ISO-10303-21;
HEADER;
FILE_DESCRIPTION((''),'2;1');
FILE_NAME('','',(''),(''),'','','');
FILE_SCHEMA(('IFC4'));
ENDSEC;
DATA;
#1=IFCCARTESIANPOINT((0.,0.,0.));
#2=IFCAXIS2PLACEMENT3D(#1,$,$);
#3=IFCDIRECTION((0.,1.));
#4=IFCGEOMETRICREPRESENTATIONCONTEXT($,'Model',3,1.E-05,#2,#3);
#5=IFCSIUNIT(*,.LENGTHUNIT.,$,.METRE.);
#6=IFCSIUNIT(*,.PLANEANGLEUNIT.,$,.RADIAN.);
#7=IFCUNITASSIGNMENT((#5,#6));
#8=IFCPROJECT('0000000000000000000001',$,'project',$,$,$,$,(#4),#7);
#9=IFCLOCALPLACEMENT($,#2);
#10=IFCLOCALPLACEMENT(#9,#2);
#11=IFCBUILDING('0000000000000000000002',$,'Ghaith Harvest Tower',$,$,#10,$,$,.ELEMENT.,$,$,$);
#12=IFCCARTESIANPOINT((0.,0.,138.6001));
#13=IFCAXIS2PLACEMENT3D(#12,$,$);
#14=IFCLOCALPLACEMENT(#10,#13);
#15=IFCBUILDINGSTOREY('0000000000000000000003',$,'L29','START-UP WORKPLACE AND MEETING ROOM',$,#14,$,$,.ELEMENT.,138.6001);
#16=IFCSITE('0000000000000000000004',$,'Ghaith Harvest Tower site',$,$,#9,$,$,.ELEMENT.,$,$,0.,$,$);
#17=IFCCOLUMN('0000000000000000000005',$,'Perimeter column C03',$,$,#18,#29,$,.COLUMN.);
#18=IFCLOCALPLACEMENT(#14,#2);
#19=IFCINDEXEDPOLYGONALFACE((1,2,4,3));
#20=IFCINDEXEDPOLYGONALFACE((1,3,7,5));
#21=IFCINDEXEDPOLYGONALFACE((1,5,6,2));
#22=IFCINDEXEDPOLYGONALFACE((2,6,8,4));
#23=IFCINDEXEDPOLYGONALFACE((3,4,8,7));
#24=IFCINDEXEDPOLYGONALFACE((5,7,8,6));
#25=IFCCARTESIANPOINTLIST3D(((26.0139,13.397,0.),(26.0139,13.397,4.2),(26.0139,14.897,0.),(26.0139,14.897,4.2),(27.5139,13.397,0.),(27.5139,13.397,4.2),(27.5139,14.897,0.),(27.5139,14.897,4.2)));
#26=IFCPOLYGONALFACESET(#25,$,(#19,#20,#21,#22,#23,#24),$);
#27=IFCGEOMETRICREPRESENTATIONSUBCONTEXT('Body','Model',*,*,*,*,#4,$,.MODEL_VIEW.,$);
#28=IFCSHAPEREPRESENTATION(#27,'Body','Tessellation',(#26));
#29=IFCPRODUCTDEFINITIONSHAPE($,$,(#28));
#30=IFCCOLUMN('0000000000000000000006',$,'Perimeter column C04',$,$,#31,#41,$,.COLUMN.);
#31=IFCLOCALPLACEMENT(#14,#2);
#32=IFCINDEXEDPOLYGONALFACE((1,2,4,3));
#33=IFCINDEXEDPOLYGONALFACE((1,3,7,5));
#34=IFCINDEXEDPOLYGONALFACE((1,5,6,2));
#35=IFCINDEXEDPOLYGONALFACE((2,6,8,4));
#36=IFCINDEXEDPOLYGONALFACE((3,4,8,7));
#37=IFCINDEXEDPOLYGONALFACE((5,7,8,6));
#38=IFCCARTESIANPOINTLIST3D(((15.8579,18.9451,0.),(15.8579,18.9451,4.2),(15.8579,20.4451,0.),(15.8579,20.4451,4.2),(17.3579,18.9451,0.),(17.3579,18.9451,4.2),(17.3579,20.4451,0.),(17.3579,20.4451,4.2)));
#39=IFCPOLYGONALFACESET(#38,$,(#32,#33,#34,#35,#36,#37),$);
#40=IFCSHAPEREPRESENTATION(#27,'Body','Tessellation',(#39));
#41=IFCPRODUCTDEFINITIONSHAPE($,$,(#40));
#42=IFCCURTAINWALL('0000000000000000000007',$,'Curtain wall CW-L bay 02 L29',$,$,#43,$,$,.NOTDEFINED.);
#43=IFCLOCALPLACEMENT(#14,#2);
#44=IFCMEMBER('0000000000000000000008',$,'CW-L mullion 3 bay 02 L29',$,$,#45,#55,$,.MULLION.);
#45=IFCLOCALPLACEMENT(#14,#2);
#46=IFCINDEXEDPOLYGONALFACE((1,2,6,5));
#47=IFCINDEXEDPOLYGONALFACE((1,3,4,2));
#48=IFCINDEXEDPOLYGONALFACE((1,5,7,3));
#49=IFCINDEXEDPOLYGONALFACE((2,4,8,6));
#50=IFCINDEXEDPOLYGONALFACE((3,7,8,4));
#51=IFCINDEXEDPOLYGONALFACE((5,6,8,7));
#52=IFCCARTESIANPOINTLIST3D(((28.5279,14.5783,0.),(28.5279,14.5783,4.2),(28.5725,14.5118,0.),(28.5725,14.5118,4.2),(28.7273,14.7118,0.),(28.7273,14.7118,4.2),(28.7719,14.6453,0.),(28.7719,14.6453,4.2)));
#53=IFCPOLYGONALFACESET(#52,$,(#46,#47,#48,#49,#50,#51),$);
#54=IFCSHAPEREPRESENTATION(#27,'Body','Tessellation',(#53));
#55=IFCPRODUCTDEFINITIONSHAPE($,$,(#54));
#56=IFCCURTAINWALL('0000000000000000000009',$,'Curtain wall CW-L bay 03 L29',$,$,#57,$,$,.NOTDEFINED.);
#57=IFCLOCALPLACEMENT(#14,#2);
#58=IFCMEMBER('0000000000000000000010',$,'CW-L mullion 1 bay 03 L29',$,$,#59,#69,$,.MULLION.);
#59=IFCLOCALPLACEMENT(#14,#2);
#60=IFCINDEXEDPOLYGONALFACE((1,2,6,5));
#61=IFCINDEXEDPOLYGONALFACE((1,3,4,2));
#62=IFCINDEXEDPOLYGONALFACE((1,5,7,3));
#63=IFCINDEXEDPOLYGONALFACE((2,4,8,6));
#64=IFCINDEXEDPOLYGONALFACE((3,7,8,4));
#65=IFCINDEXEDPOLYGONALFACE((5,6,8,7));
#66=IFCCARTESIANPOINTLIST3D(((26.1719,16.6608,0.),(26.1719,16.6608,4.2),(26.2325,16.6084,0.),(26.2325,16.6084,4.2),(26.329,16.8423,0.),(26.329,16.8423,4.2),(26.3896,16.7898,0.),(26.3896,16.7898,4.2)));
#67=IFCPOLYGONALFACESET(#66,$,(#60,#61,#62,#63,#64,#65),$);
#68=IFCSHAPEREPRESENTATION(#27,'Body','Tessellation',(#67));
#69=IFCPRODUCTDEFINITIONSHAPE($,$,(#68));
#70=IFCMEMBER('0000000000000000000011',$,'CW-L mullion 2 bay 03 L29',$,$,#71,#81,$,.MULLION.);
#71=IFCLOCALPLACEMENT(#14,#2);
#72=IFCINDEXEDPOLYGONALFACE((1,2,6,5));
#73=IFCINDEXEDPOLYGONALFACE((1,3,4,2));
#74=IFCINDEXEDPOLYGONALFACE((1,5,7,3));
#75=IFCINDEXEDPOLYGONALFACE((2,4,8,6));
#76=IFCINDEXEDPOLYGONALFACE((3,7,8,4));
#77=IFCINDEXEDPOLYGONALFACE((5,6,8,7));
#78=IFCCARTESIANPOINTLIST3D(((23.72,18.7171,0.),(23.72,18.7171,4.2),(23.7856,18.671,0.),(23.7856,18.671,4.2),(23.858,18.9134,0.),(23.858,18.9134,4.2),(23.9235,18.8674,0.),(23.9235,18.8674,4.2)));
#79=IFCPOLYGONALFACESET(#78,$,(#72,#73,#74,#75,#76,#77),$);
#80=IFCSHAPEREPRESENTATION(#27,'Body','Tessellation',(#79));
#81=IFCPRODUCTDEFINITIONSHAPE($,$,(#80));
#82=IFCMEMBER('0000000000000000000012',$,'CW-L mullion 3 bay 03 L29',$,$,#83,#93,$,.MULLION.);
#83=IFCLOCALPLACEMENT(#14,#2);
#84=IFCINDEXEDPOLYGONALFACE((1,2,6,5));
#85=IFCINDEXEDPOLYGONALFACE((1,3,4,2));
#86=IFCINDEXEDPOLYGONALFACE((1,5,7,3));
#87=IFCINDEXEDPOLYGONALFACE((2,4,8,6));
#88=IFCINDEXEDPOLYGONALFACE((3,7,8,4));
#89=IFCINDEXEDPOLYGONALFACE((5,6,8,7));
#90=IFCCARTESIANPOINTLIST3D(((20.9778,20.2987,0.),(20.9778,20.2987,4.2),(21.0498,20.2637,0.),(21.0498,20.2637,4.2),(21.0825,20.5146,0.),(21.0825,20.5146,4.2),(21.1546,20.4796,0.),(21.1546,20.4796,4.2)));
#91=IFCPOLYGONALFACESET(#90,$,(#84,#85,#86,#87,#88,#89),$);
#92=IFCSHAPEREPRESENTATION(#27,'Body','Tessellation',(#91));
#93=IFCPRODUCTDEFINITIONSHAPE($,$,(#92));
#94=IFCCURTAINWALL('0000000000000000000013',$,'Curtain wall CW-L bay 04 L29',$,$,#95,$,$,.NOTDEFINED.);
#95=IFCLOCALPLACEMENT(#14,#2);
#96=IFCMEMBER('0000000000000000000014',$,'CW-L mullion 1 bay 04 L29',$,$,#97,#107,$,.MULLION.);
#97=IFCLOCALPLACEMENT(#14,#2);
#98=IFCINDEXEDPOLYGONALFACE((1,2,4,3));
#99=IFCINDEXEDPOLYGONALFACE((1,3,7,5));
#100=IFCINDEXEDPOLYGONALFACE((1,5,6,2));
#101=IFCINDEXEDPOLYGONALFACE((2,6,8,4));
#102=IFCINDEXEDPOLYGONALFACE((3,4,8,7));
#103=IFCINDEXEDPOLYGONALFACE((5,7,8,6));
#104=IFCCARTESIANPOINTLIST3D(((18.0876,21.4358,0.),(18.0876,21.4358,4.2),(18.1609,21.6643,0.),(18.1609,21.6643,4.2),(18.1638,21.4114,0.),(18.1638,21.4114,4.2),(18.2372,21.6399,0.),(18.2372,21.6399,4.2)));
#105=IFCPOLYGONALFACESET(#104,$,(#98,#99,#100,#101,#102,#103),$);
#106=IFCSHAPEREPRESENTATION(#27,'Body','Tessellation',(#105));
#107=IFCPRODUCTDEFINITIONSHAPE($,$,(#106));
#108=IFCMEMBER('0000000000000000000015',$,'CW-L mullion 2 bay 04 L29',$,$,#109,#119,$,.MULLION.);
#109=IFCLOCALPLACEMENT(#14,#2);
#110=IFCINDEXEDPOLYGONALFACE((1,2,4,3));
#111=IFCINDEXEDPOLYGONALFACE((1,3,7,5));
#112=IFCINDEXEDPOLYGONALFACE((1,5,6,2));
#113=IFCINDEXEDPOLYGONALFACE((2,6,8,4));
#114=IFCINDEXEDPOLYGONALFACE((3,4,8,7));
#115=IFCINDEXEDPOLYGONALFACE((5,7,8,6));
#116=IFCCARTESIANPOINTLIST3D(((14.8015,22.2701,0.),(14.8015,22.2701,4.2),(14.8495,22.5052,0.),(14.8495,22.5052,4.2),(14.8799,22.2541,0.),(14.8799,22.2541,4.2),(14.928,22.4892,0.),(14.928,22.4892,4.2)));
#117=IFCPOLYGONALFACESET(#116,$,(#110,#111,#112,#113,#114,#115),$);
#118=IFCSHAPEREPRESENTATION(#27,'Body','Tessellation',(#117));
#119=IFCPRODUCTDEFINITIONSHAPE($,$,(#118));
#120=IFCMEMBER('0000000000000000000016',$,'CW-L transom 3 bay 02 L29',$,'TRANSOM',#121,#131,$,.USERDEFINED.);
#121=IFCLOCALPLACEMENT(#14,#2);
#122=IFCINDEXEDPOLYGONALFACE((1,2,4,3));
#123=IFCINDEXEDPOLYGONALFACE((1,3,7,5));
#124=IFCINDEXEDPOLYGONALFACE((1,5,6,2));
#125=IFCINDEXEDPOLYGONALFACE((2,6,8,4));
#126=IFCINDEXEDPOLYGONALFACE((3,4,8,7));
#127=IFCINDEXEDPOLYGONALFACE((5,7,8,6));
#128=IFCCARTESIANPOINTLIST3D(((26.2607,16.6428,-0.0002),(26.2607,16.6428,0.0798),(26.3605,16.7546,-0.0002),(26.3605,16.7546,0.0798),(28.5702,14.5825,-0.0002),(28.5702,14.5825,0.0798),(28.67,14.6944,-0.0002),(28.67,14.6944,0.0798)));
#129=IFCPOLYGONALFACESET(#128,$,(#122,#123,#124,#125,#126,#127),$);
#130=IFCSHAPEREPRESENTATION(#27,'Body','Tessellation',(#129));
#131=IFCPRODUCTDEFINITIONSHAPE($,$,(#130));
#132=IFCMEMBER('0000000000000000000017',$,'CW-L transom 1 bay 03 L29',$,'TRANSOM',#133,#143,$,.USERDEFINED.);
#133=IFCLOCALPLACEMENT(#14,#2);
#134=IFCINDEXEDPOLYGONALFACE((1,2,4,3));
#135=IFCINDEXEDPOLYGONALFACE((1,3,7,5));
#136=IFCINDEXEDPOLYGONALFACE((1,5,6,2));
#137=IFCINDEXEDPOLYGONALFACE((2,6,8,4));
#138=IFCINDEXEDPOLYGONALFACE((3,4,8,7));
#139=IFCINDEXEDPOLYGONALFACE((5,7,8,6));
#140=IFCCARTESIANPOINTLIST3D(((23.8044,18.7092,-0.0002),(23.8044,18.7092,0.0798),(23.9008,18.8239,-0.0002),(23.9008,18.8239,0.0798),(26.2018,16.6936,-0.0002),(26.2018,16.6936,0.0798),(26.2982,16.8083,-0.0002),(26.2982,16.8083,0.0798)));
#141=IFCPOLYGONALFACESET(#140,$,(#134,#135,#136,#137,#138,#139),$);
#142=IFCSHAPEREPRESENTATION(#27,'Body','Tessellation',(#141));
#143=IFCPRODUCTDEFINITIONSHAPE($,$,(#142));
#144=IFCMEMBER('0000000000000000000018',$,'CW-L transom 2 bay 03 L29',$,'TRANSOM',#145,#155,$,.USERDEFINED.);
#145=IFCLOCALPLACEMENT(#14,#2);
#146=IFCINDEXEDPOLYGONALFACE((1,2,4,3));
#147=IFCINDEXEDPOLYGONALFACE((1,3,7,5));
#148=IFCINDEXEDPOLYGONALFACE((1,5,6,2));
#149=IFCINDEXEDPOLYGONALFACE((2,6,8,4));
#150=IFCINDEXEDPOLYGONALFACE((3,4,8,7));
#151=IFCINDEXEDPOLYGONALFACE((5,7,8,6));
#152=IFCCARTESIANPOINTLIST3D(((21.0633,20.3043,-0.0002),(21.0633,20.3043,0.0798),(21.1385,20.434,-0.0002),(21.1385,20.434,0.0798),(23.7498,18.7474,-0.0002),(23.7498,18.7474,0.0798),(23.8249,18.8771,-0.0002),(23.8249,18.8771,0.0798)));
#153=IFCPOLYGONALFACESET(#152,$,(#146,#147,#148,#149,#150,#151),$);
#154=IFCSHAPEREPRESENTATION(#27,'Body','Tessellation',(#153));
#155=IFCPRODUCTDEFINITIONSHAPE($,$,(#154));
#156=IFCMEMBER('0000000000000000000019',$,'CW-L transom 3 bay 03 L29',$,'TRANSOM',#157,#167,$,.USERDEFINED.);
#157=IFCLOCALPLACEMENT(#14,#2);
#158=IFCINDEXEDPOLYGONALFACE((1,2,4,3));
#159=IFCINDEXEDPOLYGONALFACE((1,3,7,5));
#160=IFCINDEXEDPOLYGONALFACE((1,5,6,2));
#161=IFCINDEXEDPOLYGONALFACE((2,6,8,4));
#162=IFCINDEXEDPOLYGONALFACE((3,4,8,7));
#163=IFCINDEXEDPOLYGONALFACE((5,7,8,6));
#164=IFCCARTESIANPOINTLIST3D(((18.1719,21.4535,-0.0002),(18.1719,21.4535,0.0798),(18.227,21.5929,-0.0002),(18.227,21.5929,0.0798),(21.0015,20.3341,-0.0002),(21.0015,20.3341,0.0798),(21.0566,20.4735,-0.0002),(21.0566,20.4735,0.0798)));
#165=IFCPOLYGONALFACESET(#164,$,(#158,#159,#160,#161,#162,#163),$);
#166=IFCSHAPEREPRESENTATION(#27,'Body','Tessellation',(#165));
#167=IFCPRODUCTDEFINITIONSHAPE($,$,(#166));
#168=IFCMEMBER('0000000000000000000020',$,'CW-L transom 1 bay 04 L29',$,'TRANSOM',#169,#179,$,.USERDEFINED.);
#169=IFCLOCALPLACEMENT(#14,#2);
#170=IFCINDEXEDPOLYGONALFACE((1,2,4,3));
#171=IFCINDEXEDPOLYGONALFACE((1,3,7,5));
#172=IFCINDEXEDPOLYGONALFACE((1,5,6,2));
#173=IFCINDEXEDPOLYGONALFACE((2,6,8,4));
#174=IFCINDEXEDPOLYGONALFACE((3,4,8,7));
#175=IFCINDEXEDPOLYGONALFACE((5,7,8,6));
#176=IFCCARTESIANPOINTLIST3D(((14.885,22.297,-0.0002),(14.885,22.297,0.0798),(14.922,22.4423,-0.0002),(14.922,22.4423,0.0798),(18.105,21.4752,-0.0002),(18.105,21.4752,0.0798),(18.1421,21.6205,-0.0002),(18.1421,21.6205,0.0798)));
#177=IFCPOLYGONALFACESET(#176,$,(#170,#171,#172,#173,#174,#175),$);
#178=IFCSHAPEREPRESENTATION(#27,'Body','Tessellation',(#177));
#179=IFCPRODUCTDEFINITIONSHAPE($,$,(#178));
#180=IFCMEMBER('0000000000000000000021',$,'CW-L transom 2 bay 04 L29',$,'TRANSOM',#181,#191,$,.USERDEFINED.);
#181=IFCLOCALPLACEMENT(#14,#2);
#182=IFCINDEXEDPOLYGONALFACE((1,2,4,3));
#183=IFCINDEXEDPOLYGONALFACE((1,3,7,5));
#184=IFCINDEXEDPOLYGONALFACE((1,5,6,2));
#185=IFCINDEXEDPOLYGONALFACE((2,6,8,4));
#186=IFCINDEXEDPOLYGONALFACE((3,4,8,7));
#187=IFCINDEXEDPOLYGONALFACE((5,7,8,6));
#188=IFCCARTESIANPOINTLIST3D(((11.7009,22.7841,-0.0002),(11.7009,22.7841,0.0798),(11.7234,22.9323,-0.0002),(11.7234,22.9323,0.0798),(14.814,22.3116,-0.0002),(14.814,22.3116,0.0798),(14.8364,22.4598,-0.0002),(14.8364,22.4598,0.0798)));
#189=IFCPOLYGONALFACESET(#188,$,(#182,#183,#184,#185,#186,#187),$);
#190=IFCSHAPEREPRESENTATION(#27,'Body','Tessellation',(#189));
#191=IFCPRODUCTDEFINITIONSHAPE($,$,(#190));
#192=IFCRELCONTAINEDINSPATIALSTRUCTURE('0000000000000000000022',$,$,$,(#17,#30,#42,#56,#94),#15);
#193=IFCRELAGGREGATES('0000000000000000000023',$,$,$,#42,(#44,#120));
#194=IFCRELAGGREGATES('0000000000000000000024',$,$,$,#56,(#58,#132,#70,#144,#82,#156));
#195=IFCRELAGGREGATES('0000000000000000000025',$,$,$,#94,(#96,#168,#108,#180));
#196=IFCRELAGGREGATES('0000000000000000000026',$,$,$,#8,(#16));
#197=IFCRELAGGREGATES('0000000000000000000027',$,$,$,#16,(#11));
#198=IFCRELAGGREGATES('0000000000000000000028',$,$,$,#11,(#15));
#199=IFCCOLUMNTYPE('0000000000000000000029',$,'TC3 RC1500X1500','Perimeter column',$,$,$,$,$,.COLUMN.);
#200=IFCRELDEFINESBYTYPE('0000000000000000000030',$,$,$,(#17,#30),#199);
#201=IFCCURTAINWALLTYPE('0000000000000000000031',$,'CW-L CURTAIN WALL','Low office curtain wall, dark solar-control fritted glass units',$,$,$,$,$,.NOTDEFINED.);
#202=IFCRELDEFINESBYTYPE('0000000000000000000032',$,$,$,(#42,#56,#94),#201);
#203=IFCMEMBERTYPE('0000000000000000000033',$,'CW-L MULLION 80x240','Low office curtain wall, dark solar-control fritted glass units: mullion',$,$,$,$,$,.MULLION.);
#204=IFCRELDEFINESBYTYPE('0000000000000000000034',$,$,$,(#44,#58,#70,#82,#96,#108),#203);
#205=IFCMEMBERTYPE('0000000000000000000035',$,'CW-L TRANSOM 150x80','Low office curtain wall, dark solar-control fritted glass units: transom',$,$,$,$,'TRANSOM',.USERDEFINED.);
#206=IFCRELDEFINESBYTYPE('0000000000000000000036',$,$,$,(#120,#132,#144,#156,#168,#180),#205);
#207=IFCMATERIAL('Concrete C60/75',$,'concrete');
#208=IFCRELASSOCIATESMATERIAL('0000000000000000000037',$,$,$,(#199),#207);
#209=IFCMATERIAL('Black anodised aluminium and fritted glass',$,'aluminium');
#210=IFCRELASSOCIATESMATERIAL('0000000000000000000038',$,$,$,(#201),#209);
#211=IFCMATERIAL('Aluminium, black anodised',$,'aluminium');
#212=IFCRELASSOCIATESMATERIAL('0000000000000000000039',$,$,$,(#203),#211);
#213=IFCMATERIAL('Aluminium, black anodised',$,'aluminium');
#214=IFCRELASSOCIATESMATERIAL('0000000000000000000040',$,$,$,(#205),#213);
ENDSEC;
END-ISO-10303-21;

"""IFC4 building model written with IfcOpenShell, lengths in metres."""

from ifc_helpers import new_model, si_unit, direction, frame, origin, origin_2d, place, context, subcontext, project, spatial, rectangle, extrude, material, material_profile, profile_set, type_object, element, aggregate, save


model = new_model("IFC4")

# Units and contexts
model_context = context("Model", 3, precision=1e-05, world=origin(), true_north=direction((0.0, 1.0)))
body_context = subcontext(model_context, "Body", "Model", "MODEL_VIEW")
ifc_project = project(units=[si_unit("LENGTHUNIT", "METRE"), si_unit("PLANEANGLEUNIT", "RADIAN")], contexts=[model_context])

# Site, building, storey
site_placement = place(None, origin())
site = spatial("IfcSite", under=ifc_project, at=site_placement, Name="Ghaith Harvest Tower site", CompositionType="ELEMENT", RefElevation=0.0)
building_placement = place(site_placement, origin())
building = spatial("IfcBuilding", under=site, at=building_placement, Name="Ghaith Harvest Tower", CompositionType="ELEMENT")
storey_placement = place(building_placement, frame((0.0, 0.0, 138.6001)))
storey = spatial("IfcBuildingStorey", under=building, at=storey_placement, Name="L29", Description="START-UP WORKPLACE AND MEETING ROOM", CompositionType="ELEMENT", Elevation=138.6001)

# Columns
ifc_material_1 = material(Name="Concrete C60/75", Category="concrete")
ifc_material_profile_1 = material_profile(ifc_material_1, rectangle(XDim=1.5, YDim=1.5, at=origin_2d()), Name="RC1500X1500")
ifc_profile_set_1 = profile_set([ifc_material_profile_1], Name="Concrete C60/75")
column_type = type_object("IfcColumnType", Name="TC3 RC1500X1500", Description="Perimeter column", PredefinedType="COLUMN", material=ifc_profile_set_1)
for number, where, z_axis, x_axis, name in (
    (1, (26.7639, 14.147, 0.0), (0.0, 0.0, 1.0), (1.0, 0.0, 0.0), "Perimeter column C03"),
    (2, (16.6079, 19.6951, 0.0), (0.0, 0.0, 1.0), (1.0, 0.0, 0.0), "Perimeter column C04"),
):
    element("IfcColumn", number, at=place(storey_placement, frame(where, z_axis=z_axis, x_axis=x_axis)), inside=storey, type_object=column_type, Name=name, PredefinedType="COLUMN", context=body_context, shape_type="SweptSolid", body=[
        extrude(rectangle(XDim=1.5, YDim=1.5, at=origin_2d()), origin(), (0.0, 0.0, 1.0), 4.2),
    ])

# Curtain wall, member
ifc_material_2 = material(Name="Black anodised aluminium and fritted glass", Category="aluminium")
curtain_wall_type = type_object("IfcCurtainWallType", Name="CW-L CURTAIN WALL", Description="Low office curtain wall, dark solar-control fritted glass units", PredefinedType="NOTDEFINED", material=ifc_material_2)
curtain_wall_1_placement = place(storey_placement, origin())
curtain_wall_1 = element("IfcCurtainWall", 3, at=curtain_wall_1_placement, inside=storey, type_object=curtain_wall_type, Name="Curtain wall CW-L bay 02 L29", PredefinedType="NOTDEFINED")
ifc_material_3 = material(Name="Aluminium, black anodised", Category="aluminium")
ifc_material_profile_2 = material_profile(ifc_material_3, rectangle(XDim=0.0801, YDim=0.24, at=origin_2d()), Name="CW-L MULLION 80x240")
ifc_profile_set_2 = profile_set([ifc_material_profile_2], Name="Aluminium, black anodised")
member_type_1 = type_object("IfcMemberType", Name="CW-L MULLION 80x240", Description="Low office curtain wall, dark solar-control fritted glass units: mullion", PredefinedType="MULLION", material=ifc_profile_set_2)
member_1_placement = place(storey_placement, frame((28.6499, 14.6118, 0.0), z_axis=(0.0, 0.0, 1.0), x_axis=(-0.556324, 0.830965, 0.0)))
member_1 = element("IfcMember", 4, at=member_1_placement, type_object=member_type_1, Name="CW-L mullion 3 bay 02 L29", PredefinedType="MULLION", context=body_context, shape_type="SweptSolid", body=[
    extrude(rectangle(XDim=0.0801, YDim=0.24, at=origin_2d()), origin(), (0.0, 0.0, 1.0), 4.2),
])

# Curtain walls, members
curtain_wall_2_placement = place(storey_placement, origin())
curtain_wall_2 = element("IfcCurtainWall", 5, at=curtain_wall_2_placement, inside=storey, type_object=curtain_wall_type, Name="Curtain wall CW-L bay 03 L29", PredefinedType="NOTDEFINED")
member_2_placement = place(storey_placement, frame((26.2808, 16.7253, 0.0), z_axis=(0.0, 0.0, 1.0), x_axis=(-0.755999, 0.654572, 0.0)))
member_2 = element("IfcMember", 6, at=member_2_placement, type_object=member_type_1, Name="CW-L mullion 1 bay 03 L29", PredefinedType="MULLION", context=body_context, shape_type="SweptSolid", body=[
    extrude(rectangle(XDim=0.0801, YDim=0.24, at=origin_2d()), origin(), (0.0, 0.0, 1.0), 4.2),
])
member_3_placement = place(storey_placement, frame((23.8218, 18.7922, 0.0), z_axis=(0.0, 0.0, 1.0), x_axis=(-0.818229, 0.574893, 0.0)))
member_3 = element("IfcMember", 7, at=member_3_placement, type_object=member_type_1, Name="CW-L mullion 2 bay 03 L29", PredefinedType="MULLION", context=body_context, shape_type="SweptSolid", body=[
    extrude(rectangle(XDim=0.0801, YDim=0.24, at=origin_2d()), origin(), (0.0, 0.0, 1.0), 4.2),
])
member_4_placement = place(storey_placement, frame((21.0662, 20.3892, 0.0), z_axis=(0.0, 0.0, 1.0), x_axis=(-0.899713, 0.436481, 0.0)))
member_4 = element("IfcMember", 8, at=member_4_placement, type_object=member_type_1, Name="CW-L mullion 3 bay 03 L29", PredefinedType="MULLION", context=body_context, shape_type="SweptSolid", body=[
    extrude(rectangle(XDim=0.0801, YDim=0.24, at=origin_2d()), origin(), (0.0, 0.0, 1.0), 4.2),
])
curtain_wall_3_placement = place(storey_placement, origin())
curtain_wall_3 = element("IfcCurtainWall", 9, at=curtain_wall_3_placement, inside=storey, type_object=curtain_wall_type, Name="Curtain wall CW-L bay 04 L29", PredefinedType="NOTDEFINED")
member_5_placement = place(storey_placement, frame((18.1624, 21.5378, 0.0), z_axis=(0.0, 0.0, 1.0), x_axis=(-0.952152, 0.305624, 0.0)))
member_5 = element("IfcMember", 10, at=member_5_placement, type_object=member_type_1, Name="CW-L mullion 1 bay 04 L29", PredefinedType="MULLION", context=body_context, shape_type="SweptSolid", body=[
    extrude(rectangle(XDim=0.0801, YDim=0.24, at=origin_2d()), origin(), (0.0, 0.0, 1.0), 4.2),
])
member_6_placement = place(storey_placement, frame((14.8647, 22.3796, 0.0), z_axis=(0.0, 0.0, 1.0), x_axis=(-0.979752, 0.200215, 0.0)))
member_6 = element("IfcMember", 11, at=member_6_placement, type_object=member_type_1, Name="CW-L mullion 2 bay 04 L29", PredefinedType="MULLION", context=body_context, shape_type="SweptSolid", body=[
    extrude(rectangle(XDim=0.0801, YDim=0.24, at=origin_2d()), origin(), (0.0, 0.0, 1.0), 4.2),
])

# Members
ifc_material_4 = material(Name="Aluminium, black anodised", Category="aluminium")
ifc_material_profile_3 = material_profile(ifc_material_4, rectangle(XDim=0.1499, YDim=0.0801, at=origin_2d()), Name="CW-L TRANSOM 150x80")
ifc_profile_set_3 = profile_set([ifc_material_profile_3], Name="Aluminium, black anodised")
member_type_2 = type_object("IfcMemberType", Name="CW-L TRANSOM 150x80", Description="Low office curtain wall, dark solar-control fritted glass units: transom", ElementType="TRANSOM", PredefinedType="USERDEFINED", material=ifc_profile_set_3)
member_7_placement = place(storey_placement, frame((28.6201, 14.6384, 0.0398), z_axis=(-0.746229, 0.66569, 0.0), x_axis=(-0.66569, -0.746229, 0.0)))
member_7 = element("IfcMember", 12, at=member_7_placement, type_object=member_type_2, Name="CW-L transom 3 bay 02 L29", ObjectType="TRANSOM", PredefinedType="USERDEFINED", context=body_context, shape_type="SweptSolid", body=[
    extrude(rectangle(XDim=0.1499, YDim=0.0801, at=origin_2d()), origin(), (0.0, 0.0, 1.0), 3.095),
])
member_8_placement = place(storey_placement, frame((26.25, 16.751, 0.0398), z_axis=(-0.765428, 0.643521, 0.0), x_axis=(-0.643521, -0.765428, 0.0)))
member_8 = element("IfcMember", 13, at=member_8_placement, type_object=member_type_2, Name="CW-L transom 1 bay 03 L29", ObjectType="TRANSOM", PredefinedType="USERDEFINED", context=body_context, shape_type="SweptSolid", body=[
    extrude(rectangle(XDim=0.1499, YDim=0.0801, at=origin_2d()), origin(), (0.0, 0.0, 1.0), 3.1321),
])
member_9_placement = place(storey_placement, frame((23.7874, 18.8123, 0.0398), z_axis=(-0.865213, 0.501405, 0.0), x_axis=(-0.501405, -0.865213, 0.0)))
member_9 = element("IfcMember", 14, at=member_9_placement, type_object=member_type_2, Name="CW-L transom 2 bay 03 L29", ObjectType="TRANSOM", PredefinedType="USERDEFINED", context=body_context, shape_type="SweptSolid", body=[
    extrude(rectangle(XDim=0.1499, YDim=0.0801, at=origin_2d()), origin(), (0.0, 0.0, 1.0), 3.105),
])
member_10_placement = place(storey_placement, frame((21.0291, 20.4038, 0.0398), z_axis=(-0.929881, 0.367861, 0.0), x_axis=(-0.367861, -0.929881, 0.0)))
member_10 = element("IfcMember", 15, at=member_10_placement, type_object=member_type_2, Name="CW-L transom 3 bay 03 L29", ObjectType="TRANSOM", PredefinedType="USERDEFINED", context=body_context, shape_type="SweptSolid", body=[
    extrude(rectangle(XDim=0.1499, YDim=0.0801, at=origin_2d()), origin(), (0.0, 0.0, 1.0), 3.043),
])
member_11_placement = place(storey_placement, frame((18.1235, 21.5479, 0.0398), z_axis=(-0.968942, 0.247286, 0.0), x_axis=(-0.247286, -0.968942, 0.0)))
member_11 = element("IfcMember", 16, at=member_11_placement, type_object=member_type_2, Name="CW-L transom 1 bay 04 L29", ObjectType="TRANSOM", PredefinedType="USERDEFINED", context=body_context, shape_type="SweptSolid", body=[
    extrude(rectangle(XDim=0.1499, YDim=0.0801, at=origin_2d()), origin(), (0.0, 0.0, 1.0), 3.3232),
])
member_12_placement = place(storey_placement, frame((14.8252, 22.3857, 0.0398), z_axis=(-0.988681, 0.150035, 0.0), x_axis=(-0.150035, -0.988681, 0.0)))
member_12 = element("IfcMember", 17, at=member_12_placement, type_object=member_type_2, Name="CW-L transom 2 bay 04 L29", ObjectType="TRANSOM", PredefinedType="USERDEFINED", context=body_context, shape_type="SweptSolid", body=[
    extrude(rectangle(XDim=0.1499, YDim=0.0801, at=origin_2d()), origin(), (0.0, 0.0, 1.0), 3.1487),
])

aggregate(curtain_wall_1, [member_1, member_7])
aggregate(curtain_wall_2, [member_2, member_8, member_3, member_9, member_4, member_10])
aggregate(curtain_wall_3, [member_5, member_11, member_6, member_12])

save(model, "model.ifc")
